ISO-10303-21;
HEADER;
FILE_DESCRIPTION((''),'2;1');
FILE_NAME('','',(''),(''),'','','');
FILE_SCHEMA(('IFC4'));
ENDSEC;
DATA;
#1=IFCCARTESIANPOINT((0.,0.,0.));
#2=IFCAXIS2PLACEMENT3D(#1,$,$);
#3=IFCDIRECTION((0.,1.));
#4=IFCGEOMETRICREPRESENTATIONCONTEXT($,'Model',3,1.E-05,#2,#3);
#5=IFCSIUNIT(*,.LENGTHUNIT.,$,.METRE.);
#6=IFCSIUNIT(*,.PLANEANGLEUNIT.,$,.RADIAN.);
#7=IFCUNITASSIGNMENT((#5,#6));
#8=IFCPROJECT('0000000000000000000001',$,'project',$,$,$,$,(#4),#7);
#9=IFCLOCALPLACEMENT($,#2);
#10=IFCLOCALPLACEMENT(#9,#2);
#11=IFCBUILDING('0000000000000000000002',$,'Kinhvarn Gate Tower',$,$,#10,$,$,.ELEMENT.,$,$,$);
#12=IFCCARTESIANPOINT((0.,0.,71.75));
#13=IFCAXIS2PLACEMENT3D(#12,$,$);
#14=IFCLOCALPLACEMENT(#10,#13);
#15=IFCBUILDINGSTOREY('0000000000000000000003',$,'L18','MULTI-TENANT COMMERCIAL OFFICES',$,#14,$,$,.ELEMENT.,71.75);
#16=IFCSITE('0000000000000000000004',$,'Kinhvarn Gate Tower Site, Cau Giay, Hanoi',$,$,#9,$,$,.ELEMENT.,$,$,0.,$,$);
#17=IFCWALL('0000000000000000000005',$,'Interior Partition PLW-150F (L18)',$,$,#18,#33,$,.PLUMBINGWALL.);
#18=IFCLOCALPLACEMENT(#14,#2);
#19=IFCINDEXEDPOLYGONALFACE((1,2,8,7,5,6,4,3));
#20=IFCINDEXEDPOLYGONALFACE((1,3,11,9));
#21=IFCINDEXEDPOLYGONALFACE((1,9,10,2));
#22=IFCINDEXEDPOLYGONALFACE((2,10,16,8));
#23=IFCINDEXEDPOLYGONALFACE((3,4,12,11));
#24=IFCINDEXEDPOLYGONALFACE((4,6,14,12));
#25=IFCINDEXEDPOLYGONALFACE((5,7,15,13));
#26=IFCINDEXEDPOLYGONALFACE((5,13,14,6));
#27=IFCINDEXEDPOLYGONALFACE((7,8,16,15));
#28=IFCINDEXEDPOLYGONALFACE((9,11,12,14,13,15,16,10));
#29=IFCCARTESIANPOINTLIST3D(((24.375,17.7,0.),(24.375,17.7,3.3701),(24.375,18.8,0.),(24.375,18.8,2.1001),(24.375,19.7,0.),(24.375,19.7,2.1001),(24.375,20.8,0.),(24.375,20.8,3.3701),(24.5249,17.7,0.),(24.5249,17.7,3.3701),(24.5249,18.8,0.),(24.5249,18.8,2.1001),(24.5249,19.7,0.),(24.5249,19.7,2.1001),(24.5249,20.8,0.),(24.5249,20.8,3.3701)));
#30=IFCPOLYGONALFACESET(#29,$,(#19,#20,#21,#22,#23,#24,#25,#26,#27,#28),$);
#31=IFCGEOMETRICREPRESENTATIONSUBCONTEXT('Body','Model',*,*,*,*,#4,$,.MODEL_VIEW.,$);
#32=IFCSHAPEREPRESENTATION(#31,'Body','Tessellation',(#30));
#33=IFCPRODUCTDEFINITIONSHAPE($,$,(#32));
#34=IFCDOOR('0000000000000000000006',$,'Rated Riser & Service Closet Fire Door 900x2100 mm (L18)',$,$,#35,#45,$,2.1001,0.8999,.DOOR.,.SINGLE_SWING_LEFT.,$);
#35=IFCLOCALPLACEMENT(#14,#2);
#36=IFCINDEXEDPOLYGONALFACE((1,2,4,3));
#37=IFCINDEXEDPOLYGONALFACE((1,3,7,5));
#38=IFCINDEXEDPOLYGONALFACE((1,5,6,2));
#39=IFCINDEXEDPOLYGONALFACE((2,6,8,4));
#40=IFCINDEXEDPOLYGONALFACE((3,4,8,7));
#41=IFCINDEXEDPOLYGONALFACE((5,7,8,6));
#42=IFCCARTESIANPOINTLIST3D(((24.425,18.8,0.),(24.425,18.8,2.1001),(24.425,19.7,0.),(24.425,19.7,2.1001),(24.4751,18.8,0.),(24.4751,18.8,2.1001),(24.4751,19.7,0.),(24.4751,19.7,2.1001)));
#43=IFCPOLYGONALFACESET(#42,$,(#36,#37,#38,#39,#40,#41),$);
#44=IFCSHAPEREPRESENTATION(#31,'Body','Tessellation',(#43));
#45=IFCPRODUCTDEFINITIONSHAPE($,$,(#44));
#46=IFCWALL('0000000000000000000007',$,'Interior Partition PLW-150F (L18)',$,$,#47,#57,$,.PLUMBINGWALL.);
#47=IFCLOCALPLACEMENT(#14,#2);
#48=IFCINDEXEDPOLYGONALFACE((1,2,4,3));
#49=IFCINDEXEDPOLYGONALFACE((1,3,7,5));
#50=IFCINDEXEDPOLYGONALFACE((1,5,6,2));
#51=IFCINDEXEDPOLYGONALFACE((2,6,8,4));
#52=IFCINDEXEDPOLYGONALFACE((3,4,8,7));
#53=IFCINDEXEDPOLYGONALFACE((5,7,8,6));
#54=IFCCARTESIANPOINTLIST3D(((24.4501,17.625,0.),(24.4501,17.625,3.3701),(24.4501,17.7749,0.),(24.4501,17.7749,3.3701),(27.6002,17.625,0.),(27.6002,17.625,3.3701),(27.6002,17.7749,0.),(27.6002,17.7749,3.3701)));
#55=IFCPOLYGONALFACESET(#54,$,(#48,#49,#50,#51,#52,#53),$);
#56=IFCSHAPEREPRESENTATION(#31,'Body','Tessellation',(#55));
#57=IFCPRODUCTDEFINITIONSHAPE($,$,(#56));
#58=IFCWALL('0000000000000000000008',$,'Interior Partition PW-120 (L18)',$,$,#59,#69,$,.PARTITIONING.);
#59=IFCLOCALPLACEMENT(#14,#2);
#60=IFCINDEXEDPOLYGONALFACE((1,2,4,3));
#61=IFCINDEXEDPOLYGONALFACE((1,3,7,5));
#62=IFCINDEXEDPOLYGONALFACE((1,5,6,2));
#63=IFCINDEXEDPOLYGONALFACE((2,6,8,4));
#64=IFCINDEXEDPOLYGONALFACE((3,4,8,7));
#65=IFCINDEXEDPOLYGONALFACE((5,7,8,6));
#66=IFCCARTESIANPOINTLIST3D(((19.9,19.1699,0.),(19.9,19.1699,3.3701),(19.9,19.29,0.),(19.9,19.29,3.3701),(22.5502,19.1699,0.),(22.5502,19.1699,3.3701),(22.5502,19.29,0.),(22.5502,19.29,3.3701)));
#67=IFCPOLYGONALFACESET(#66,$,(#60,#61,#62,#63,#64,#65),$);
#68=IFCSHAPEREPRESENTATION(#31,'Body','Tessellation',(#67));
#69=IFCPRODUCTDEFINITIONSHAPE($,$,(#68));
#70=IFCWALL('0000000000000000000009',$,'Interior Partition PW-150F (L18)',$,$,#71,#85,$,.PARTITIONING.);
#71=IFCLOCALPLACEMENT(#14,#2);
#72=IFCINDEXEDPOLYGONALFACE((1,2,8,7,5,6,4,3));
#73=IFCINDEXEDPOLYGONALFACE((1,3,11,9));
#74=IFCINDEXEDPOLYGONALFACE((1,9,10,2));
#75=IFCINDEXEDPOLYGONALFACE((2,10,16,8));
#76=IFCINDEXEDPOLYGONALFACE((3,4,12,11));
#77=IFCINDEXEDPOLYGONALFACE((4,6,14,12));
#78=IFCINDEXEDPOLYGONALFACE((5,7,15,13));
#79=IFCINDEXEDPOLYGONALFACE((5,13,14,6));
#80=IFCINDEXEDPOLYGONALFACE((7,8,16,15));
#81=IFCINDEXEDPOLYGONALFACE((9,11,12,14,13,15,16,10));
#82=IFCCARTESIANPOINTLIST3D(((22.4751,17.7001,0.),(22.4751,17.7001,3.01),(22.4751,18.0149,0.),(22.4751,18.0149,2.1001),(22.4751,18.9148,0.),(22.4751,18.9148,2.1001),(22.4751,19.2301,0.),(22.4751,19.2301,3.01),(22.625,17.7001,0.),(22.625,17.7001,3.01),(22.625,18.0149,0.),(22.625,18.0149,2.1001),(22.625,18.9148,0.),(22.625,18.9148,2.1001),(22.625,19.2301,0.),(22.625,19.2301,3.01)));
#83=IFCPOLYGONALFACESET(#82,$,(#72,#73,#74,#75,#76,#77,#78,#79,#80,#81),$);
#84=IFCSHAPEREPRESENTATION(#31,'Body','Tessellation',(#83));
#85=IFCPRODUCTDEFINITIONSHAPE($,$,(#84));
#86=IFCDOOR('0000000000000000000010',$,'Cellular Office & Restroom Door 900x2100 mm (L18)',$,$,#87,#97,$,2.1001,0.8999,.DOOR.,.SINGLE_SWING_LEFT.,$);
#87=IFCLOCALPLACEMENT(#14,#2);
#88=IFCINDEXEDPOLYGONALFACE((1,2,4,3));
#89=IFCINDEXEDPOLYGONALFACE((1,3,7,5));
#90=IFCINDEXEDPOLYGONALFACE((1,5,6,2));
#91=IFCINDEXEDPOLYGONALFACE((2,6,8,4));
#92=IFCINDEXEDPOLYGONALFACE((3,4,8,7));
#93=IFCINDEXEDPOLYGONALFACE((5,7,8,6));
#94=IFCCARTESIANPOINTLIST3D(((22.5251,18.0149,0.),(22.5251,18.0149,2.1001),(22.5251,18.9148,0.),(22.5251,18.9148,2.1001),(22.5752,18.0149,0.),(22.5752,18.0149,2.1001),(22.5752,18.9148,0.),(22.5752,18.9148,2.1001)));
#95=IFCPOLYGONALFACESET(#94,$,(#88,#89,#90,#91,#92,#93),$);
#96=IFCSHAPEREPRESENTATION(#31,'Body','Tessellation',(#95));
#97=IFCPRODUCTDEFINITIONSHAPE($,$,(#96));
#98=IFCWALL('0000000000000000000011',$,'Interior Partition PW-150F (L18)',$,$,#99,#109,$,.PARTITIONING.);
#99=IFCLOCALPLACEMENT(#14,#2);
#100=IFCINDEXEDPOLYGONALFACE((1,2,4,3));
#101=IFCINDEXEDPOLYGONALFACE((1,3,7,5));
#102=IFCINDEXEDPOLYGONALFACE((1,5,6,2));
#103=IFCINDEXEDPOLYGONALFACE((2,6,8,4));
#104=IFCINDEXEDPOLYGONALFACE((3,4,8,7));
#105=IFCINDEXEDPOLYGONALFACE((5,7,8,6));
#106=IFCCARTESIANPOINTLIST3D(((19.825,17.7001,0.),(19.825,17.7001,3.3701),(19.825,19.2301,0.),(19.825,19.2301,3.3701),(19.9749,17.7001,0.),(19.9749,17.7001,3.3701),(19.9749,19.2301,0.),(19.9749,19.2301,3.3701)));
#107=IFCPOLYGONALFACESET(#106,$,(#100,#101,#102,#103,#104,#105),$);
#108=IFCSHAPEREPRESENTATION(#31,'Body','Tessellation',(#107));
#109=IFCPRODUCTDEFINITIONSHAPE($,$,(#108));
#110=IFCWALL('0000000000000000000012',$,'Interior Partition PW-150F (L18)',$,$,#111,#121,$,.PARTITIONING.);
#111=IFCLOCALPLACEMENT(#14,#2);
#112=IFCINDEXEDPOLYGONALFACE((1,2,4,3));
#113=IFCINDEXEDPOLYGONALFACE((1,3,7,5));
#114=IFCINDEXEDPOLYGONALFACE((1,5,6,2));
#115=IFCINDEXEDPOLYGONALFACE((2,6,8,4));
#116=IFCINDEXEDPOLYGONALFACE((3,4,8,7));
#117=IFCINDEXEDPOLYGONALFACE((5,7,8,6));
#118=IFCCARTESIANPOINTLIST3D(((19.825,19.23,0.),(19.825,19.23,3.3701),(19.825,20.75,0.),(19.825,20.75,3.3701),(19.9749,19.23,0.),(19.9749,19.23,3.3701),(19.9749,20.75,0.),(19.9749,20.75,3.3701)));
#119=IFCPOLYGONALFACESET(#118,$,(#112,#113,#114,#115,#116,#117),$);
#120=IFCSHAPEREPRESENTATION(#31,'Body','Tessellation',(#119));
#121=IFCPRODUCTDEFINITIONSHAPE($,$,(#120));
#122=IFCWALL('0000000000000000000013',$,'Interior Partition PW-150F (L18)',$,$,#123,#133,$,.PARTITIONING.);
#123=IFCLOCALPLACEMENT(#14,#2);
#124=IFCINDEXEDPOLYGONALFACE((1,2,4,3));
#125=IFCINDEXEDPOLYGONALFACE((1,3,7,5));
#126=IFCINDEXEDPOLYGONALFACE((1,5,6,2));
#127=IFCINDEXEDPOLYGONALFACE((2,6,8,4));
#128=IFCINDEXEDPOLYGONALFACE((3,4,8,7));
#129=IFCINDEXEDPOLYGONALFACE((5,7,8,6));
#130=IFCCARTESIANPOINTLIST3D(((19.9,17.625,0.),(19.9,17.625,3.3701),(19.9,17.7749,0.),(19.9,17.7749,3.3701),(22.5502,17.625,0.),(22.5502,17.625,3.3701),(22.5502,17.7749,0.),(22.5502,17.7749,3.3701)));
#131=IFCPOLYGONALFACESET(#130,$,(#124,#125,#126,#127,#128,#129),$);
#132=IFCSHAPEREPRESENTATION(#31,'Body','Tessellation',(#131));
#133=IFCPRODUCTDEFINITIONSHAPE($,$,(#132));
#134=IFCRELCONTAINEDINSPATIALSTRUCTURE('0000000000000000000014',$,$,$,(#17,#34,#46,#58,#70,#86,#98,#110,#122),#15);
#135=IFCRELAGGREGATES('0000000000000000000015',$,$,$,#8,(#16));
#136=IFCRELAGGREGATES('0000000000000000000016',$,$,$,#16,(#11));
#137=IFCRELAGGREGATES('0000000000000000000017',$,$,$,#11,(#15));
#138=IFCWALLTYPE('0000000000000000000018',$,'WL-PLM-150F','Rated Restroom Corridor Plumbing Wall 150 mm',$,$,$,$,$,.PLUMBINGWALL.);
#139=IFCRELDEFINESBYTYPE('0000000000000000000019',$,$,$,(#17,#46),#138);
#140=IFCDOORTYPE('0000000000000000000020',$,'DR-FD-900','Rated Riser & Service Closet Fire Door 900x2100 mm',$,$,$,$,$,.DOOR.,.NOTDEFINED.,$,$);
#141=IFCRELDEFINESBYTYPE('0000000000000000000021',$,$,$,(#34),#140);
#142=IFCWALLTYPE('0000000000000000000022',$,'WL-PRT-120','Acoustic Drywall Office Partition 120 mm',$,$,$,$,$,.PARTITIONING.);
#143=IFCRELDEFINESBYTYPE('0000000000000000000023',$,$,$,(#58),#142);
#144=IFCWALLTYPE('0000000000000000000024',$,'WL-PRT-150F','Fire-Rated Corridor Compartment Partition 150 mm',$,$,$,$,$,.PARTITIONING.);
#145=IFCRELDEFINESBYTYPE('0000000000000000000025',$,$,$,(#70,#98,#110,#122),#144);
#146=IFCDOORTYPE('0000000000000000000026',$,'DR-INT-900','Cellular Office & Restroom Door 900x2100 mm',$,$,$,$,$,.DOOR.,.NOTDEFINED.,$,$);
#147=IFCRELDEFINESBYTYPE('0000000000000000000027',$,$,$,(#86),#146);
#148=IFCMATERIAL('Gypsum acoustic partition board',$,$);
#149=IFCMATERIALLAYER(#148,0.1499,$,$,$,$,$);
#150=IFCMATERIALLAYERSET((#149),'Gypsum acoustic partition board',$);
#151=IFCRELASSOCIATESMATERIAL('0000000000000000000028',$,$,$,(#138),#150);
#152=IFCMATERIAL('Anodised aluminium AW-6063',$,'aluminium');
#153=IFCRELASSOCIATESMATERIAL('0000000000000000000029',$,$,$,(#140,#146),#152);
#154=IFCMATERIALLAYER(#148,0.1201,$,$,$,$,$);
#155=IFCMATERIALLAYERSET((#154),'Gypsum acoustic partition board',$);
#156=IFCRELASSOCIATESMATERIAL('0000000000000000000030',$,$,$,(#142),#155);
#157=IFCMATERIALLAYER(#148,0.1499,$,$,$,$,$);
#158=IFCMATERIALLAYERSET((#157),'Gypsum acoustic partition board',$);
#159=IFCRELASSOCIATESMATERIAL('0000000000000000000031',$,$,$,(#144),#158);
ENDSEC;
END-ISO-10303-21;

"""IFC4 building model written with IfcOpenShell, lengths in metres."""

from ifc_helpers import new_model, si_unit, direction, frame, frame_2d, origin, place, context, subcontext, project, spatial, rectangle, extrude, material, layer, layer_set, type_object, element, fill, save


model = new_model("IFC4")

# Units and contexts
model_context = context("Model", 3, precision=1e-05, world=origin(), true_north=direction((0.0, 1.0)))
body_context = subcontext(model_context, "Body", "Model", "MODEL_VIEW")
ifc_project = project(units=[si_unit("LENGTHUNIT", "METRE"), si_unit("PLANEANGLEUNIT", "RADIAN")], contexts=[model_context])

# Site, building, storey
site_placement = place(None, origin())
site = spatial("IfcSite", under=ifc_project, at=site_placement, Name="Kinhvarn Gate Tower Site, Cau Giay, Hanoi", CompositionType="ELEMENT", RefElevation=0.0)
building_placement = place(site_placement, origin())
building = spatial("IfcBuilding", under=site, at=building_placement, Name="Kinhvarn Gate Tower", CompositionType="ELEMENT")
storey_placement = place(building_placement, frame((0.0, 0.0, 71.75)))
storey = spatial("IfcBuildingStorey", under=building, at=storey_placement, Name="L18", Description="MULTI-TENANT COMMERCIAL OFFICES", CompositionType="ELEMENT", Elevation=71.75)

# Wall, opening, door
ifc_material_1 = material(Name="Gypsum acoustic partition board")
ifc_layer_1 = layer(ifc_material_1, 0.1499)
ifc_layer_set_1 = layer_set([ifc_layer_1], Name="Gypsum acoustic partition board")
wall_type_1 = type_object("IfcWallType", Name="WL-PLM-150F", Description="Rated Restroom Corridor Plumbing Wall 150 mm", PredefinedType="PLUMBINGWALL", material=ifc_layer_set_1)
wall_1_placement = place(storey_placement, frame((24.45, 17.7, 0.0), z_axis=(0.0, 0.0, 1.0), x_axis=(0.0, 1.0, 0.0)))
wall_1 = element("IfcWall", 1, at=wall_1_placement, inside=storey, type_object=wall_type_1, Name="Interior Partition PLW-150F (L18)", PredefinedType="PLUMBINGWALL", context=body_context, shape_type="SweptSolid", body=[
    extrude(rectangle(XDim=3.1001, YDim=0.1499, at=frame_2d((1.55, 0.0))), origin(), (0.0, 0.0, 1.0), 3.3701),
])
opening_1_placement = place(wall_1_placement, frame((1.1001, 0.0, 0.0)))
opening_1 = element("IfcOpeningElement", 2, at=opening_1_placement, cuts=wall_1, PredefinedType="OPENING", context=body_context, shape_type="SweptSolid", body=[
    extrude(rectangle(XDim=0.8999, YDim=2.1001, at=frame_2d((0.45, 1.05))), frame((0.0, 0.085, 0.0), z_axis=(0.0, -1.0, 0.0), x_axis=(1.0, 0.0, 0.0)), (0.0, 0.0, 1.0), 0.1699),
])
ifc_material_2 = material(Name="Anodised aluminium AW-6063", Category="aluminium")
door_type_1 = type_object("IfcDoorType", Name="DR-FD-900", Description="Rated Riser & Service Closet Fire Door 900x2100 mm", OperationType="NOTDEFINED", PredefinedType="DOOR", material=ifc_material_2)
door_1_placement = place(opening_1_placement, origin())
door_1 = element("IfcDoor", 3, at=door_1_placement, inside=storey, type_object=door_type_1, Name="Rated Riser & Service Closet Fire Door 900x2100 mm (L18)", OperationType="SINGLE_SWING_LEFT", OverallHeight=2.1001, OverallWidth=0.8999, PredefinedType="DOOR", context=body_context, shape_type="SweptSolid", body=[
    extrude(rectangle(XDim=0.8999, YDim=2.1001, at=frame_2d((0.45, 1.05))), frame((0.0, 0.0249, 0.0), z_axis=(0.0, -1.0, 0.0), x_axis=(1.0, 0.0, 0.0)), (0.0, 0.0, 1.0), 0.05),
])
fill(opening_1, door_1)

# Walls
wall_2_placement = place(storey_placement, frame((24.45, 17.7, 0.0), z_axis=(0.0, 0.0, 1.0), x_axis=(1.0, 0.0, 0.0)))
element("IfcWall", 4, at=wall_2_placement, inside=storey, type_object=wall_type_1, Name="Interior Partition PLW-150F (L18)", PredefinedType="PLUMBINGWALL", context=body_context, shape_type="SweptSolid", body=[
    extrude(rectangle(XDim=3.1501, YDim=0.1499, at=frame_2d((1.5752, 0.0))), origin(), (0.0, 0.0, 1.0), 3.3701),
])
ifc_layer_2 = layer(ifc_material_1, 0.1201)
ifc_layer_set_2 = layer_set([ifc_layer_2], Name="Gypsum acoustic partition board")
wall_type_2 = type_object("IfcWallType", Name="WL-PRT-120", Description="Acoustic Drywall Office Partition 120 mm", PredefinedType="PARTITIONING", material=ifc_layer_set_2)
wall_3_placement = place(storey_placement, frame((19.8999, 19.23, 0.0), z_axis=(0.0, 0.0, 1.0), x_axis=(1.0, 0.0, 0.0)))
element("IfcWall", 5, at=wall_3_placement, inside=storey, type_object=wall_type_2, Name="Interior Partition PW-120 (L18)", PredefinedType="PARTITIONING", context=body_context, shape_type="SweptSolid", body=[
    extrude(rectangle(XDim=2.6501, YDim=0.1201, at=frame_2d((1.3252, 0.0))), origin(), (0.0, 0.0, 1.0), 3.3701),
])

# Wall, opening, door
ifc_layer_3 = layer(ifc_material_1, 0.1499)
ifc_layer_set_3 = layer_set([ifc_layer_3], Name="Gypsum acoustic partition board")
wall_type_3 = type_object("IfcWallType", Name="WL-PRT-150F", Description="Fire-Rated Corridor Compartment Partition 150 mm", PredefinedType="PARTITIONING", material=ifc_layer_set_3)
wall_4_placement = place(storey_placement, frame((22.55, 17.7, 0.0), z_axis=(0.0, 0.0, 1.0), x_axis=(0.0, 1.0, 0.0)))
wall_4 = element("IfcWall", 6, at=wall_4_placement, inside=storey, type_object=wall_type_3, Name="Interior Partition PW-150F (L18)", PredefinedType="PARTITIONING", context=body_context, shape_type="SweptSolid", body=[
    extrude(rectangle(XDim=1.53, YDim=0.1499, at=frame_2d((0.7651, 0.0))), origin(), (0.0, 0.0, 1.0), 3.01),
])
opening_2_placement = place(wall_4_placement, frame((0.3149, 0.0, 0.0)))
opening_2 = element("IfcOpeningElement", 7, at=opening_2_placement, cuts=wall_4, PredefinedType="OPENING", context=body_context, shape_type="SweptSolid", body=[
    extrude(rectangle(XDim=0.8999, YDim=2.1001, at=frame_2d((0.45, 1.05))), frame((0.0, 0.085, 0.0), z_axis=(0.0, -1.0, 0.0), x_axis=(1.0, 0.0, 0.0)), (0.0, 0.0, 1.0), 0.1699),
])
door_type_2 = type_object("IfcDoorType", Name="DR-INT-900", Description="Cellular Office & Restroom Door 900x2100 mm", OperationType="NOTDEFINED", PredefinedType="DOOR", material=ifc_material_2)
door_2_placement = place(opening_2_placement, origin())
door_2 = element("IfcDoor", 8, at=door_2_placement, inside=storey, type_object=door_type_2, Name="Cellular Office & Restroom Door 900x2100 mm (L18)", OperationType="SINGLE_SWING_LEFT", OverallHeight=2.1001, OverallWidth=0.8999, PredefinedType="DOOR", context=body_context, shape_type="SweptSolid", body=[
    extrude(rectangle(XDim=0.8999, YDim=2.1001, at=frame_2d((0.45, 1.05))), frame((0.0, 0.0249, 0.0), z_axis=(0.0, -1.0, 0.0), x_axis=(1.0, 0.0, 0.0)), (0.0, 0.0, 1.0), 0.05),
])
fill(opening_2, door_2)

# Walls
wall_5_placement = place(storey_placement, frame((19.8999, 17.7, 0.0), z_axis=(0.0, 0.0, 1.0), x_axis=(0.0, 1.0, 0.0)))
element("IfcWall", 9, at=wall_5_placement, inside=storey, type_object=wall_type_3, Name="Interior Partition PW-150F (L18)", PredefinedType="PARTITIONING", context=body_context, shape_type="SweptSolid", body=[
    extrude(rectangle(XDim=1.53, YDim=0.1499, at=frame_2d((0.7651, 0.0))), origin(), (0.0, 0.0, 1.0), 3.3701),
])
wall_6_placement = place(storey_placement, frame((19.8999, 19.23, 0.0), z_axis=(0.0, 0.0, 1.0), x_axis=(0.0, 1.0, 0.0)))
element("IfcWall", 10, at=wall_6_placement, inside=storey, type_object=wall_type_3, Name="Interior Partition PW-150F (L18)", PredefinedType="PARTITIONING", context=body_context, shape_type="SweptSolid", body=[
    extrude(rectangle(XDim=1.52, YDim=0.1499, at=frame_2d((0.76, 0.0))), origin(), (0.0, 0.0, 1.0), 3.3701),
])
wall_7_placement = place(storey_placement, frame((19.8999, 17.7, 0.0), z_axis=(0.0, 0.0, 1.0), x_axis=(1.0, 0.0, 0.0)))
element("IfcWall", 11, at=wall_7_placement, inside=storey, type_object=wall_type_3, Name="Interior Partition PW-150F (L18)", PredefinedType="PARTITIONING", context=body_context, shape_type="SweptSolid", body=[
    extrude(rectangle(XDim=2.6501, YDim=0.1499, at=frame_2d((1.3252, 0.0))), origin(), (0.0, 0.0, 1.0), 3.3701),
])

save(model, "model.ifc")
